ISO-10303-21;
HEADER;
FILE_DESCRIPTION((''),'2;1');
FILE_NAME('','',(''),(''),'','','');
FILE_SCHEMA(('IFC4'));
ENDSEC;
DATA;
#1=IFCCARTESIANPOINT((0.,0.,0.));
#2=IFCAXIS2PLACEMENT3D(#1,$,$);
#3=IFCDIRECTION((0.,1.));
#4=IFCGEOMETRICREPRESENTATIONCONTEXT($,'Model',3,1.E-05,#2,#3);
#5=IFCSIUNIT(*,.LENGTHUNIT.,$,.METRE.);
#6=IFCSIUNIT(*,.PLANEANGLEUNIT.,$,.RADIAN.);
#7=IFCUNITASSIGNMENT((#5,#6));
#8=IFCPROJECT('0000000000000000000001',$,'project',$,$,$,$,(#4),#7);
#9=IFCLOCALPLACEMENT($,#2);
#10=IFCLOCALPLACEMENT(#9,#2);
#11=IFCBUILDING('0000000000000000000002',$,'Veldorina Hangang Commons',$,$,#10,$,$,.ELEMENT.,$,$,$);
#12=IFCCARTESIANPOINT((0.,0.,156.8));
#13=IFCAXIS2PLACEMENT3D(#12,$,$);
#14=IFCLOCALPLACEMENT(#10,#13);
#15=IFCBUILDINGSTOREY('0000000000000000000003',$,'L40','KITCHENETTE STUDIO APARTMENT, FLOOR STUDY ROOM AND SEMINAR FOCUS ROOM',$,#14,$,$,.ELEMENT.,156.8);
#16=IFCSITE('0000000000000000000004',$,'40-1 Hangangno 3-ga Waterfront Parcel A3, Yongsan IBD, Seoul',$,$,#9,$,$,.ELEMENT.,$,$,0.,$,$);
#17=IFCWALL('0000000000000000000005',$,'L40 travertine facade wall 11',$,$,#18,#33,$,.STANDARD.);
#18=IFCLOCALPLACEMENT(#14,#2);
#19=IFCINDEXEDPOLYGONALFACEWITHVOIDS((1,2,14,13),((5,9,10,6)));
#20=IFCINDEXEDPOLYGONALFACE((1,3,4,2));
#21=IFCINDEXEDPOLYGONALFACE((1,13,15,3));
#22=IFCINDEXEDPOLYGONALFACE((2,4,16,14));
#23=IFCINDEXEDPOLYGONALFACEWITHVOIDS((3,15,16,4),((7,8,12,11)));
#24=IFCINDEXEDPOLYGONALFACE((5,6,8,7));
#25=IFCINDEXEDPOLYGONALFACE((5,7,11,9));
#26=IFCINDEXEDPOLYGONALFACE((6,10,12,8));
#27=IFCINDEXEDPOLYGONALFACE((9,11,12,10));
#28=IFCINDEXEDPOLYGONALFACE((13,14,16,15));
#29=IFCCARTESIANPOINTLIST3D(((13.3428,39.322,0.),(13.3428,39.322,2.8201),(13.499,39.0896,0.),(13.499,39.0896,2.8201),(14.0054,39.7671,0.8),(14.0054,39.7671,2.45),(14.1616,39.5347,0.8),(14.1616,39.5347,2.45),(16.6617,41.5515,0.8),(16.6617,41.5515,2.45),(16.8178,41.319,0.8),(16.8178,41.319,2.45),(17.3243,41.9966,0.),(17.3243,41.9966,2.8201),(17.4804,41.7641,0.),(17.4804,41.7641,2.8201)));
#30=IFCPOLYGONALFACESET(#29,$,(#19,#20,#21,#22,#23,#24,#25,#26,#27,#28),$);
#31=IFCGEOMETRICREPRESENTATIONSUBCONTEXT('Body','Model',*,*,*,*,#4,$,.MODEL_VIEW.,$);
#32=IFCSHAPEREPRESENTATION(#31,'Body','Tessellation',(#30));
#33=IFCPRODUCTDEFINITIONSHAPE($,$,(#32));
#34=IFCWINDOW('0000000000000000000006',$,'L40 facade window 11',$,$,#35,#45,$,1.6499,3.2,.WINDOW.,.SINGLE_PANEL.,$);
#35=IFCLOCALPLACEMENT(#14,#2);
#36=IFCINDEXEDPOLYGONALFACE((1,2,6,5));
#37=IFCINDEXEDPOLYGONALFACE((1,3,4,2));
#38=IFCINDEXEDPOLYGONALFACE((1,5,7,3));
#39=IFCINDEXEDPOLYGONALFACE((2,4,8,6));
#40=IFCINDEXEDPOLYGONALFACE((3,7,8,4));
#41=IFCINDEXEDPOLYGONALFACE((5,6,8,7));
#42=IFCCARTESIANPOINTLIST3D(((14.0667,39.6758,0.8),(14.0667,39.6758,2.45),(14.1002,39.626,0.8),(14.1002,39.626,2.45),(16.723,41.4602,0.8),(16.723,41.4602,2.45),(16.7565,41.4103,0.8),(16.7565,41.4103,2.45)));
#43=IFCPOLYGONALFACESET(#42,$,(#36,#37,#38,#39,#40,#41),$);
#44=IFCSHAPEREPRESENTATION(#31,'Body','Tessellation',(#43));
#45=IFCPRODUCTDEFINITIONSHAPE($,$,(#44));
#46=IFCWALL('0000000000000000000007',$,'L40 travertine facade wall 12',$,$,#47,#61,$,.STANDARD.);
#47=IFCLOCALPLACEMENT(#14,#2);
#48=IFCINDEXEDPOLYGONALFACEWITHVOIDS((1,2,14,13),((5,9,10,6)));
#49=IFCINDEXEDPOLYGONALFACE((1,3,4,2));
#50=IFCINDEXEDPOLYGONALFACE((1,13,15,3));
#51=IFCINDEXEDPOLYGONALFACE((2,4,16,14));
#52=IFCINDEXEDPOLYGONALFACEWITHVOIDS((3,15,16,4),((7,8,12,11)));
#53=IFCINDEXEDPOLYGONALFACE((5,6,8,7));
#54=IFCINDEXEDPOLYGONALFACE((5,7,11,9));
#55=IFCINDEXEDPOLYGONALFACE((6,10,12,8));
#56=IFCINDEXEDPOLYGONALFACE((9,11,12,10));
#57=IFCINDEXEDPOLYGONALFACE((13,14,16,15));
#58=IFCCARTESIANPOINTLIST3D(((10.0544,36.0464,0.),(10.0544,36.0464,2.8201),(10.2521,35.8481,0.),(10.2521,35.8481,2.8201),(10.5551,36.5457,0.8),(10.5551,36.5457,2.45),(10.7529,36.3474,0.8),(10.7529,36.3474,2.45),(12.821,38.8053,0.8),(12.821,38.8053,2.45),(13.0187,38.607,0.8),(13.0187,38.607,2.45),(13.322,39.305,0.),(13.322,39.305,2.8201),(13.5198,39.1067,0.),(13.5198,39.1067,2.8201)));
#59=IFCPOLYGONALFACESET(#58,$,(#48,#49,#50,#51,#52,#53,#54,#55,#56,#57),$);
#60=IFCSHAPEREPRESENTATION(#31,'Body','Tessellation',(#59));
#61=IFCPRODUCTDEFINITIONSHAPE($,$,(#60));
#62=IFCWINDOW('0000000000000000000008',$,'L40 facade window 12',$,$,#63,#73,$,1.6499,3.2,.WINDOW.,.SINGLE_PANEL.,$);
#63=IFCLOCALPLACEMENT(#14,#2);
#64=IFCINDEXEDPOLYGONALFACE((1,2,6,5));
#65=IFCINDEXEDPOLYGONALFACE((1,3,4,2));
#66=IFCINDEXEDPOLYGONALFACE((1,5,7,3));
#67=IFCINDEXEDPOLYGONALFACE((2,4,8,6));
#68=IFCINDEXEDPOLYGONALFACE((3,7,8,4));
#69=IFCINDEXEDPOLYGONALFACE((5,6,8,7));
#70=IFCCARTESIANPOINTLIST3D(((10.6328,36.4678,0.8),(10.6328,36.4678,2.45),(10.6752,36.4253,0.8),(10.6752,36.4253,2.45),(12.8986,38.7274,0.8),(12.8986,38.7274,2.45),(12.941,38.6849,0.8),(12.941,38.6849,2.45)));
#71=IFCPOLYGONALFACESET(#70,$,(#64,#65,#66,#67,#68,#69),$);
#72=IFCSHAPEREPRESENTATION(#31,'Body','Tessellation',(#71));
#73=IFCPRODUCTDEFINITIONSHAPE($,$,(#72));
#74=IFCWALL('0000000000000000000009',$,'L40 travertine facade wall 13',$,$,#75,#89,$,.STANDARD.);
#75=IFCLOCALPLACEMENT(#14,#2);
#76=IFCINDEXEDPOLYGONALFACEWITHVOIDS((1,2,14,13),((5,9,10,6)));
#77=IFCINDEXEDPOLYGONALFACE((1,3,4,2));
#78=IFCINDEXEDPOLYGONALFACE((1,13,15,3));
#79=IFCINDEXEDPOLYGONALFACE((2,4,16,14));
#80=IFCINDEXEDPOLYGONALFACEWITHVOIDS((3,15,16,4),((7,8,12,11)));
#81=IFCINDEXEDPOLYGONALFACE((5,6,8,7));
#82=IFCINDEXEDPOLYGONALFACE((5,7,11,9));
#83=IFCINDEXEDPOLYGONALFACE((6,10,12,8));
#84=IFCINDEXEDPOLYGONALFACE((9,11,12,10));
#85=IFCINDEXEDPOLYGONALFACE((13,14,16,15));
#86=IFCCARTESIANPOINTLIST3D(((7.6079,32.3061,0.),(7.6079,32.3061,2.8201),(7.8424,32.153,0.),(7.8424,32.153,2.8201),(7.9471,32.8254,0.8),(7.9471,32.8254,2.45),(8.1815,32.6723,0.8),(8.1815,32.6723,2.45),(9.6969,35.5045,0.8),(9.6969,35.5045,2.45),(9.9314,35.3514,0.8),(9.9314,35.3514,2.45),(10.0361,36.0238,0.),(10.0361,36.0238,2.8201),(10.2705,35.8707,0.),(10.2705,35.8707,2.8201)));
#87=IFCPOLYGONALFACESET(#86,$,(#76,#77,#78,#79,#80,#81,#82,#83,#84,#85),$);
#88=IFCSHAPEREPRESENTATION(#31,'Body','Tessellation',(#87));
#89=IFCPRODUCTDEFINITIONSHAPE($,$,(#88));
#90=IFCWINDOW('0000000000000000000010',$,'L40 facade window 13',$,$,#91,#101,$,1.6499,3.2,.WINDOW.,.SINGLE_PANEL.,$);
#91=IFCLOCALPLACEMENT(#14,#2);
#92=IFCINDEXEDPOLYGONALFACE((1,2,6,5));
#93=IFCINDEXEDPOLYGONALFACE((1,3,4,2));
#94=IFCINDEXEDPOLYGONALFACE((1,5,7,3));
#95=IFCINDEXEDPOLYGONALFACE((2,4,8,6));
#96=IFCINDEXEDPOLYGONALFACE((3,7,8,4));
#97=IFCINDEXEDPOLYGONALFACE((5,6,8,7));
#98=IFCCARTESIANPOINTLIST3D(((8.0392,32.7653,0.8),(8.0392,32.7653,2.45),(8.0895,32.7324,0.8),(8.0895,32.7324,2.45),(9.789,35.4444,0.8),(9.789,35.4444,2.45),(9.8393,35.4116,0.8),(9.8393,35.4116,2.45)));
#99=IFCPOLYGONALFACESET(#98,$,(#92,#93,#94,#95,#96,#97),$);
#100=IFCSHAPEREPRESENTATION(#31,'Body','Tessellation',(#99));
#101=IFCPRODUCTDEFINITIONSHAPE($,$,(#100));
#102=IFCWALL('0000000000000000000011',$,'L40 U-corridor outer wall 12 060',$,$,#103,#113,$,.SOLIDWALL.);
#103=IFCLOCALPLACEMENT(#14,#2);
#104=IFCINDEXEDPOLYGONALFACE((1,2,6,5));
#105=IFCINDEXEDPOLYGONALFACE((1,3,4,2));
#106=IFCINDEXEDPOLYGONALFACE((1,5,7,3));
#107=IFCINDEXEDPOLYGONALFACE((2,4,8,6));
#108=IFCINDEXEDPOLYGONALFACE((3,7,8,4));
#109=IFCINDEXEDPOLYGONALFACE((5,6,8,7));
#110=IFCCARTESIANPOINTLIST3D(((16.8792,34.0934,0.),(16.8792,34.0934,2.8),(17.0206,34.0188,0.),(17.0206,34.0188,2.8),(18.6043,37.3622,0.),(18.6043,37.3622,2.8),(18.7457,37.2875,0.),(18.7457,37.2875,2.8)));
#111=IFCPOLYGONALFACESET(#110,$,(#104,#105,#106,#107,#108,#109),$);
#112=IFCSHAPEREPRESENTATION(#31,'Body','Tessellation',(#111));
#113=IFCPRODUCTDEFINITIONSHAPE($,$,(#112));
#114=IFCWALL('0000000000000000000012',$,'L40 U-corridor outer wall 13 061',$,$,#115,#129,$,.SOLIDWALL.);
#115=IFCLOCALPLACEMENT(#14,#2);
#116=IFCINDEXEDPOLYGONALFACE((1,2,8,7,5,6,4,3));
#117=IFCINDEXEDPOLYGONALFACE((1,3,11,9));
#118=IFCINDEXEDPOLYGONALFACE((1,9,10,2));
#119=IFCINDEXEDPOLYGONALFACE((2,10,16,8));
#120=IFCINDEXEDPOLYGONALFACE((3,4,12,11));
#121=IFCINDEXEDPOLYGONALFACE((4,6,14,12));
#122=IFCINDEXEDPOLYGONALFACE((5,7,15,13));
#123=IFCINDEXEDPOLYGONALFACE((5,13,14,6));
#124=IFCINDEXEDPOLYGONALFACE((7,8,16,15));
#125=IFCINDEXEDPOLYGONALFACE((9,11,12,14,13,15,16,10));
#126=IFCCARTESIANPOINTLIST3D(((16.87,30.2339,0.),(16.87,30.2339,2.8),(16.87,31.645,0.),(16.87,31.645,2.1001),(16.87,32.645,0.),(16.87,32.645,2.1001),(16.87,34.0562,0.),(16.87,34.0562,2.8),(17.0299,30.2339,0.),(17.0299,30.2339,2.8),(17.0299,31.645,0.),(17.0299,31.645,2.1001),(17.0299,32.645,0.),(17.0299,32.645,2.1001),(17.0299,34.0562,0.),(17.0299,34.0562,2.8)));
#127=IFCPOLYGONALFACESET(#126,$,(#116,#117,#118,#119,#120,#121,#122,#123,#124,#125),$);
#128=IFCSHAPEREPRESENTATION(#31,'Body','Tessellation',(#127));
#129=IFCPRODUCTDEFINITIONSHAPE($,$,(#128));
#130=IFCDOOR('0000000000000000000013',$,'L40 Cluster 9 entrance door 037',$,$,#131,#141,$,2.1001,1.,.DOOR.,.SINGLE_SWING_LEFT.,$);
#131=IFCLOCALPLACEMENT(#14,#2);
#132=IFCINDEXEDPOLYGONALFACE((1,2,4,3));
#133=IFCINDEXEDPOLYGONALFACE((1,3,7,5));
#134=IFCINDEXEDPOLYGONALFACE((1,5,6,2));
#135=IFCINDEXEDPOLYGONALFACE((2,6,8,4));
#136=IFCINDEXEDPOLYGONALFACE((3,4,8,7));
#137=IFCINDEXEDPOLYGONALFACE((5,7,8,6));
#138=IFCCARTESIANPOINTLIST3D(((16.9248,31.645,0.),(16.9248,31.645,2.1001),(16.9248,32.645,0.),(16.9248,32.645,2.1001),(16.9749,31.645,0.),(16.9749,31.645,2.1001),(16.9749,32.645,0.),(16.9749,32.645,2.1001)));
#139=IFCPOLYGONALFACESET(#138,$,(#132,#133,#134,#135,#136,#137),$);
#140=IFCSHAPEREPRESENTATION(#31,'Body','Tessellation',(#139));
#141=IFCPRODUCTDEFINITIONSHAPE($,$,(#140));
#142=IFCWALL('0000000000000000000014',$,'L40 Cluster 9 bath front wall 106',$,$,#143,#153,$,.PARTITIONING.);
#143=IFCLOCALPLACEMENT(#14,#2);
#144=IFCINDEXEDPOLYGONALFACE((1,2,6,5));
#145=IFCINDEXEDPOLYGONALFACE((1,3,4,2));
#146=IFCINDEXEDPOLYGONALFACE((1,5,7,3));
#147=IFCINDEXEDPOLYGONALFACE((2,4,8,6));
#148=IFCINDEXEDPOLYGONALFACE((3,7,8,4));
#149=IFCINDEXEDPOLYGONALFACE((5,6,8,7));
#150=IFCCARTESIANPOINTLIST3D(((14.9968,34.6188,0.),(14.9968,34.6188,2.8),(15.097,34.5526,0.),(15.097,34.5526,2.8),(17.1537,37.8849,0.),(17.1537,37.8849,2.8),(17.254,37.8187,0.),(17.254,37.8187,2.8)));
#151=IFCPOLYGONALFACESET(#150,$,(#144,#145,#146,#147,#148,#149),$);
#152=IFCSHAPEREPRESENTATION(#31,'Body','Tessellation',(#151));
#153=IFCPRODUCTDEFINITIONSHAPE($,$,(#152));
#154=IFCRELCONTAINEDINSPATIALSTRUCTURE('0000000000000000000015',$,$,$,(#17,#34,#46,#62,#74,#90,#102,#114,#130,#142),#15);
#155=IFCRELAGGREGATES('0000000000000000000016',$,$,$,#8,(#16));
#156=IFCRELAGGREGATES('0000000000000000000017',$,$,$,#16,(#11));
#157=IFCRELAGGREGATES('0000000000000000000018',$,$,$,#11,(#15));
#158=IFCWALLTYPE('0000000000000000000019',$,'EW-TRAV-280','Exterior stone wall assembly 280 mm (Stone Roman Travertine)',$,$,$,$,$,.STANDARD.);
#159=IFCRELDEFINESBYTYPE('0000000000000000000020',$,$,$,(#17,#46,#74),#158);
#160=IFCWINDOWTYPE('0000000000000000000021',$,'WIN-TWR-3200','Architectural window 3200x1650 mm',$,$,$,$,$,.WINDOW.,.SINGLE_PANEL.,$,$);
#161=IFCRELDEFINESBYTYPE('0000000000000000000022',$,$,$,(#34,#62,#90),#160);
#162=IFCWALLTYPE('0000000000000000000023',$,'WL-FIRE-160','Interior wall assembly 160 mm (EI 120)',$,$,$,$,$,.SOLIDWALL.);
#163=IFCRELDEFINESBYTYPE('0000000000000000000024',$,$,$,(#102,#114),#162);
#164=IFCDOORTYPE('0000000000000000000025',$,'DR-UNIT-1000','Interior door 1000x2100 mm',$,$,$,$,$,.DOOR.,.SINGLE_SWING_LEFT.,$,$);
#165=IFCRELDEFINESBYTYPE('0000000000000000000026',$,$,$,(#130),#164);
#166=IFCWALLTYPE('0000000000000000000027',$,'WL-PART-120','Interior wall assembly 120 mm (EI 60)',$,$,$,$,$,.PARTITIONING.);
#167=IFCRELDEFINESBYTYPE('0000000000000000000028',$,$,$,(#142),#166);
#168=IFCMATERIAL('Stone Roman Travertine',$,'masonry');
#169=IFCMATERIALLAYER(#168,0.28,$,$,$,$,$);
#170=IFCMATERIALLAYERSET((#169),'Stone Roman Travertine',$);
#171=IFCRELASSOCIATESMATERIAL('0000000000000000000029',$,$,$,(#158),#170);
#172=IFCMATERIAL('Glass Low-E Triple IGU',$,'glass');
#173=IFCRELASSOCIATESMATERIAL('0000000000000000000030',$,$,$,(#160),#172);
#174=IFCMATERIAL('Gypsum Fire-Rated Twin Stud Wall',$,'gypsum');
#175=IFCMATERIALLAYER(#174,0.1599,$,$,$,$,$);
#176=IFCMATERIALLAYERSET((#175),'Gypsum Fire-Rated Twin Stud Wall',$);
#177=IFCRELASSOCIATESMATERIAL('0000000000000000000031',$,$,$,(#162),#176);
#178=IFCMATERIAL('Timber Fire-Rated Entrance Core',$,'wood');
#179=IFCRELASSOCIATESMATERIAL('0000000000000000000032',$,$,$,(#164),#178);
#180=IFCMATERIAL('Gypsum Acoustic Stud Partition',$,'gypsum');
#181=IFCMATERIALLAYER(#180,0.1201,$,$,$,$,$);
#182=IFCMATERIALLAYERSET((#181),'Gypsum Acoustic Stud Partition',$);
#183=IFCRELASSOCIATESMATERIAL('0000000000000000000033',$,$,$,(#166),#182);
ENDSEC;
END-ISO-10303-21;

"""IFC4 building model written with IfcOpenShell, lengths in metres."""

from ifc_helpers import new_model, si_unit, direction, frame, frame_2d, origin, place, context, subcontext, project, spatial, rectangle, extrude, material, layer, layer_set, type_object, element, fill, save


model = new_model("IFC4")

# Units and contexts
model_context = context("Model", 3, precision=1e-05, world=origin(), true_north=direction((0.0, 1.0)))
body_context = subcontext(model_context, "Body", "Model", "MODEL_VIEW")
ifc_project = project(units=[si_unit("LENGTHUNIT", "METRE"), si_unit("PLANEANGLEUNIT", "RADIAN")], contexts=[model_context])

# Site, building, storey
site_placement = place(None, origin())
site = spatial("IfcSite", under=ifc_project, at=site_placement, Name="40-1 Hangangno 3-ga Waterfront Parcel A3, Yongsan IBD, Seoul", CompositionType="ELEMENT", RefElevation=0.0)
building_placement = place(site_placement, origin())
building = spatial("IfcBuilding", under=site, at=building_placement, Name="Veldorina Hangang Commons", CompositionType="ELEMENT")
storey_placement = place(building_placement, frame((0.0, 0.0, 156.8)))
storey = spatial("IfcBuildingStorey", under=building, at=storey_placement, Name="L40", Description="KITCHENETTE STUDIO APARTMENT, FLOOR STUDY ROOM AND SEMINAR FOCUS ROOM", CompositionType="ELEMENT", Elevation=156.8)

# Walls, openings, windows
ifc_material_1 = material(Name="Stone Roman Travertine", Category="masonry")
ifc_layer_1 = layer(ifc_material_1, 0.28)
ifc_layer_set_1 = layer_set([ifc_layer_1], Name="Stone Roman Travertine")
wall_type_1 = type_object("IfcWallType", Name="EW-TRAV-280", Description="Exterior stone wall assembly 280 mm (Stone Roman Travertine)", PredefinedType="STANDARD", material=ifc_layer_set_1)
wall_1_placement = place(storey_placement, frame((17.4023, 41.8804, 0.0), z_axis=(0.0, 0.0, 1.0), x_axis=(-0.830095, -0.557622, 0.0)))
wall_1 = element("IfcWall", 1, at=wall_1_placement, inside=storey, type_object=wall_type_1, Name="L40 travertine facade wall 11", PredefinedType="STANDARD", context=body_context, shape_type="SweptSolid", body=[
    extrude(rectangle(XDim=4.7964, YDim=0.28, at=frame_2d((2.3982, 0.0))), origin(), (0.0, 0.0, 1.0), 2.8201),
])
opening_1_placement = place(wall_1_placement, frame((0.7981, 0.0, 0.8)))
opening_1 = element("IfcOpeningElement", 2, at=opening_1_placement, cuts=wall_1, PredefinedType="OPENING", context=body_context, shape_type="SweptSolid", body=[
    extrude(rectangle(XDim=3.2, YDim=1.6499, at=frame_2d((1.6001, 0.825))), frame((0.0, 0.1499, 0.0), z_axis=(0.0, -1.0, 0.0), x_axis=(1.0, 0.0, 0.0)), (0.0, 0.0, 1.0), 0.3),
])
ifc_material_2 = material(Name="Glass Low-E Triple IGU", Category="glass")
window_type = type_object("IfcWindowType", Name="WIN-TWR-3200", Description="Architectural window 3200x1650 mm", PartitioningType="SINGLE_PANEL", PredefinedType="WINDOW", material=ifc_material_2)
window_1_placement = place(opening_1_placement, origin())
window_1 = element("IfcWindow", 3, at=window_1_placement, inside=storey, type_object=window_type, Name="L40 facade window 11", OverallHeight=1.6499, OverallWidth=3.2, PartitioningType="SINGLE_PANEL", PredefinedType="WINDOW", context=body_context, shape_type="SweptSolid", body=[
    extrude(rectangle(XDim=3.2, YDim=1.6499, at=frame_2d((1.6001, 0.825))), frame((0.0, 0.03, 0.0), z_axis=(0.0, -1.0, 0.0), x_axis=(1.0, 0.0, 0.0)), (0.0, 0.0, 1.0), 0.0601),
])
fill(opening_1, window_1)
wall_2_placement = place(storey_placement, frame((13.4209, 39.2058, 0.0), z_axis=(0.0, 0.0, 1.0), x_axis=(-0.708085, -0.706127, 0.0)))
wall_2 = element("IfcWall", 4, at=wall_2_placement, inside=storey, type_object=wall_type_1, Name="L40 travertine facade wall 12", PredefinedType="STANDARD", context=body_context, shape_type="SweptSolid", body=[
    extrude(rectangle(XDim=4.6147, YDim=0.28, at=frame_2d((2.3074, 0.0))), origin(), (0.0, 0.0, 1.0), 2.8201),
])
opening_2_placement = place(wall_2_placement, frame((0.7075, 0.0, 0.8)))
opening_2 = element("IfcOpeningElement", 5, at=opening_2_placement, cuts=wall_2, PredefinedType="OPENING", context=body_context, shape_type="SweptSolid", body=[
    extrude(rectangle(XDim=3.2, YDim=1.6499, at=frame_2d((1.6001, 0.825))), frame((0.0, 0.1499, 0.0), z_axis=(0.0, -1.0, 0.0), x_axis=(1.0, 0.0, 0.0)), (0.0, 0.0, 1.0), 0.3),
])
window_2_placement = place(opening_2_placement, origin())
window_2 = element("IfcWindow", 6, at=window_2_placement, inside=storey, type_object=window_type, Name="L40 facade window 12", OverallHeight=1.6499, OverallWidth=3.2, PartitioningType="SINGLE_PANEL", PredefinedType="WINDOW", context=body_context, shape_type="SweptSolid", body=[
    extrude(rectangle(XDim=3.2, YDim=1.6499, at=frame_2d((1.6001, 0.825))), frame((0.0, 0.03, 0.0), z_axis=(0.0, -1.0, 0.0), x_axis=(1.0, 0.0, 0.0)), (0.0, 0.0, 1.0), 0.0601),
])
fill(opening_2, window_2)
wall_3_placement = place(storey_placement, frame((10.1533, 35.9473, 0.0), z_axis=(0.0, 0.0, 1.0), x_axis=(-0.546835, -0.837241, 0.0)))
wall_3 = element("IfcWall", 7, at=wall_3_placement, inside=storey, type_object=wall_type_1, Name="L40 travertine facade wall 13", PredefinedType="STANDARD", context=body_context, shape_type="SweptSolid", body=[
    extrude(rectangle(XDim=4.4404, YDim=0.28, at=frame_2d((2.2202, 0.0))), origin(), (0.0, 0.0, 1.0), 2.8201),
])
opening_3_placement = place(wall_3_placement, frame((0.6201, 0.0, 0.8)))
opening_3 = element("IfcOpeningElement", 8, at=opening_3_placement, cuts=wall_3, PredefinedType="OPENING", context=body_context, shape_type="SweptSolid", body=[
    extrude(rectangle(XDim=3.2, YDim=1.6499, at=frame_2d((1.6001, 0.825))), frame((0.0, 0.1499, 0.0), z_axis=(0.0, -1.0, 0.0), x_axis=(1.0, 0.0, 0.0)), (0.0, 0.0, 1.0), 0.3),
])
window_3_placement = place(opening_3_placement, origin())
window_3 = element("IfcWindow", 9, at=window_3_placement, inside=storey, type_object=window_type, Name="L40 facade window 13", OverallHeight=1.6499, OverallWidth=3.2, PartitioningType="SINGLE_PANEL", PredefinedType="WINDOW", context=body_context, shape_type="SweptSolid", body=[
    extrude(rectangle(XDim=3.2, YDim=1.6499, at=frame_2d((1.6001, 0.825))), frame((0.0, 0.03, 0.0), z_axis=(0.0, -1.0, 0.0), x_axis=(1.0, 0.0, 0.0)), (0.0, 0.0, 1.0), 0.0601),
])
fill(opening_3, window_3)

# Wall
ifc_material_3 = material(Name="Gypsum Fire-Rated Twin Stud Wall", Category="gypsum")
ifc_layer_2 = layer(ifc_material_3, 0.1599)
ifc_layer_set_2 = layer_set([ifc_layer_2], Name="Gypsum Fire-Rated Twin Stud Wall")
wall_type_2 = type_object("IfcWallType", Name="WL-FIRE-160", Description="Interior wall assembly 160 mm (EI 120)", PredefinedType="SOLIDWALL", material=ifc_layer_set_2)
wall_4_placement = place(storey_placement, frame((18.675, 37.325, 0.0), z_axis=(0.0, 0.0, 1.0), x_axis=(-0.466737, -0.884396, 0.0)))
element("IfcWall", 10, at=wall_4_placement, inside=storey, type_object=wall_type_2, Name="L40 U-corridor outer wall 12 060", PredefinedType="SOLIDWALL", context=body_context, shape_type="SweptSolid", body=[
    extrude(rectangle(XDim=3.696, YDim=0.1599, at=frame_2d((1.8481, 0.0))), origin(), (0.0, 0.0, 1.0), 2.8),
])

# Wall, opening, door
wall_5_placement = place(storey_placement, frame((16.95, 34.0562, 0.0), z_axis=(0.0, 0.0, 1.0), x_axis=(0.0, -1.0, 0.0)))
wall_5 = element("IfcWall", 11, at=wall_5_placement, inside=storey, type_object=wall_type_2, Name="L40 U-corridor outer wall 13 061", PredefinedType="SOLIDWALL", context=body_context, shape_type="SweptSolid", body=[
    extrude(rectangle(XDim=3.8223, YDim=0.1599, at=frame_2d((1.9111, 0.0))), origin(), (0.0, 0.0, 1.0), 2.8),
])
opening_4_placement = place(wall_5_placement, frame((1.4111, 0.0, 0.0)))
opening_4 = element("IfcOpeningElement", 12, at=opening_4_placement, cuts=wall_5, PredefinedType="OPENING", context=body_context, shape_type="SweptSolid", body=[
    extrude(rectangle(XDim=1.0, YDim=2.1001, at=frame_2d((0.5, 1.05))), frame((0.0, 0.0898, 0.0), z_axis=(0.0, -1.0, 0.0), x_axis=(1.0, 0.0, 0.0)), (0.0, 0.0, 1.0), 0.1799),
])
ifc_material_4 = material(Name="Timber Fire-Rated Entrance Core", Category="wood")
door_type_1 = type_object("IfcDoorType", Name="DR-UNIT-1000", Description="Interior door 1000x2100 mm", OperationType="SINGLE_SWING_LEFT", PredefinedType="DOOR", material=ifc_material_4)
door_1_placement = place(opening_4_placement, origin())
door_1 = element("IfcDoor", 13, at=door_1_placement, inside=storey, type_object=door_type_1, Name="L40 Cluster 9 entrance door 037", OperationType="SINGLE_SWING_LEFT", OverallHeight=2.1001, OverallWidth=1.0, PredefinedType="DOOR", context=body_context, shape_type="SweptSolid", body=[
    extrude(rectangle(XDim=1.0, YDim=2.1001, at=frame_2d((0.5, 1.05))), frame((0.0, 0.0249, 0.0), z_axis=(0.0, -1.0, 0.0), x_axis=(1.0, 0.0, 0.0)), (0.0, 0.0, 1.0), 0.05),
])
fill(opening_4, door_1)

# Wall
ifc_material_5 = material(Name="Gypsum Acoustic Stud Partition", Category="gypsum")
ifc_layer_3 = layer(ifc_material_5, 0.1201)
ifc_layer_set_3 = layer_set([ifc_layer_3], Name="Gypsum Acoustic Stud Partition")
wall_type_3 = type_object("IfcWallType", Name="WL-PART-120", Description="Interior wall assembly 120 mm (EI 60)", PredefinedType="PARTITIONING", material=ifc_layer_set_3)
wall_6_placement = place(storey_placement, frame((17.2039, 37.8518, 0.0), z_axis=(0.0, 0.0, 1.0), x_axis=(-0.551082, -0.834451, 0.0)))
element("IfcWall", 14, at=wall_6_placement, inside=storey, type_object=wall_type_3, Name="L40 Cluster 9 bath front wall 106", PredefinedType="PARTITIONING", context=body_context, shape_type="SweptSolid", body=[
    extrude(rectangle(XDim=3.9141, YDim=0.1201, at=frame_2d((1.957, 0.0))), origin(), (0.0, 0.0, 1.0), 2.8),
])

save(model, "model.ifc")
